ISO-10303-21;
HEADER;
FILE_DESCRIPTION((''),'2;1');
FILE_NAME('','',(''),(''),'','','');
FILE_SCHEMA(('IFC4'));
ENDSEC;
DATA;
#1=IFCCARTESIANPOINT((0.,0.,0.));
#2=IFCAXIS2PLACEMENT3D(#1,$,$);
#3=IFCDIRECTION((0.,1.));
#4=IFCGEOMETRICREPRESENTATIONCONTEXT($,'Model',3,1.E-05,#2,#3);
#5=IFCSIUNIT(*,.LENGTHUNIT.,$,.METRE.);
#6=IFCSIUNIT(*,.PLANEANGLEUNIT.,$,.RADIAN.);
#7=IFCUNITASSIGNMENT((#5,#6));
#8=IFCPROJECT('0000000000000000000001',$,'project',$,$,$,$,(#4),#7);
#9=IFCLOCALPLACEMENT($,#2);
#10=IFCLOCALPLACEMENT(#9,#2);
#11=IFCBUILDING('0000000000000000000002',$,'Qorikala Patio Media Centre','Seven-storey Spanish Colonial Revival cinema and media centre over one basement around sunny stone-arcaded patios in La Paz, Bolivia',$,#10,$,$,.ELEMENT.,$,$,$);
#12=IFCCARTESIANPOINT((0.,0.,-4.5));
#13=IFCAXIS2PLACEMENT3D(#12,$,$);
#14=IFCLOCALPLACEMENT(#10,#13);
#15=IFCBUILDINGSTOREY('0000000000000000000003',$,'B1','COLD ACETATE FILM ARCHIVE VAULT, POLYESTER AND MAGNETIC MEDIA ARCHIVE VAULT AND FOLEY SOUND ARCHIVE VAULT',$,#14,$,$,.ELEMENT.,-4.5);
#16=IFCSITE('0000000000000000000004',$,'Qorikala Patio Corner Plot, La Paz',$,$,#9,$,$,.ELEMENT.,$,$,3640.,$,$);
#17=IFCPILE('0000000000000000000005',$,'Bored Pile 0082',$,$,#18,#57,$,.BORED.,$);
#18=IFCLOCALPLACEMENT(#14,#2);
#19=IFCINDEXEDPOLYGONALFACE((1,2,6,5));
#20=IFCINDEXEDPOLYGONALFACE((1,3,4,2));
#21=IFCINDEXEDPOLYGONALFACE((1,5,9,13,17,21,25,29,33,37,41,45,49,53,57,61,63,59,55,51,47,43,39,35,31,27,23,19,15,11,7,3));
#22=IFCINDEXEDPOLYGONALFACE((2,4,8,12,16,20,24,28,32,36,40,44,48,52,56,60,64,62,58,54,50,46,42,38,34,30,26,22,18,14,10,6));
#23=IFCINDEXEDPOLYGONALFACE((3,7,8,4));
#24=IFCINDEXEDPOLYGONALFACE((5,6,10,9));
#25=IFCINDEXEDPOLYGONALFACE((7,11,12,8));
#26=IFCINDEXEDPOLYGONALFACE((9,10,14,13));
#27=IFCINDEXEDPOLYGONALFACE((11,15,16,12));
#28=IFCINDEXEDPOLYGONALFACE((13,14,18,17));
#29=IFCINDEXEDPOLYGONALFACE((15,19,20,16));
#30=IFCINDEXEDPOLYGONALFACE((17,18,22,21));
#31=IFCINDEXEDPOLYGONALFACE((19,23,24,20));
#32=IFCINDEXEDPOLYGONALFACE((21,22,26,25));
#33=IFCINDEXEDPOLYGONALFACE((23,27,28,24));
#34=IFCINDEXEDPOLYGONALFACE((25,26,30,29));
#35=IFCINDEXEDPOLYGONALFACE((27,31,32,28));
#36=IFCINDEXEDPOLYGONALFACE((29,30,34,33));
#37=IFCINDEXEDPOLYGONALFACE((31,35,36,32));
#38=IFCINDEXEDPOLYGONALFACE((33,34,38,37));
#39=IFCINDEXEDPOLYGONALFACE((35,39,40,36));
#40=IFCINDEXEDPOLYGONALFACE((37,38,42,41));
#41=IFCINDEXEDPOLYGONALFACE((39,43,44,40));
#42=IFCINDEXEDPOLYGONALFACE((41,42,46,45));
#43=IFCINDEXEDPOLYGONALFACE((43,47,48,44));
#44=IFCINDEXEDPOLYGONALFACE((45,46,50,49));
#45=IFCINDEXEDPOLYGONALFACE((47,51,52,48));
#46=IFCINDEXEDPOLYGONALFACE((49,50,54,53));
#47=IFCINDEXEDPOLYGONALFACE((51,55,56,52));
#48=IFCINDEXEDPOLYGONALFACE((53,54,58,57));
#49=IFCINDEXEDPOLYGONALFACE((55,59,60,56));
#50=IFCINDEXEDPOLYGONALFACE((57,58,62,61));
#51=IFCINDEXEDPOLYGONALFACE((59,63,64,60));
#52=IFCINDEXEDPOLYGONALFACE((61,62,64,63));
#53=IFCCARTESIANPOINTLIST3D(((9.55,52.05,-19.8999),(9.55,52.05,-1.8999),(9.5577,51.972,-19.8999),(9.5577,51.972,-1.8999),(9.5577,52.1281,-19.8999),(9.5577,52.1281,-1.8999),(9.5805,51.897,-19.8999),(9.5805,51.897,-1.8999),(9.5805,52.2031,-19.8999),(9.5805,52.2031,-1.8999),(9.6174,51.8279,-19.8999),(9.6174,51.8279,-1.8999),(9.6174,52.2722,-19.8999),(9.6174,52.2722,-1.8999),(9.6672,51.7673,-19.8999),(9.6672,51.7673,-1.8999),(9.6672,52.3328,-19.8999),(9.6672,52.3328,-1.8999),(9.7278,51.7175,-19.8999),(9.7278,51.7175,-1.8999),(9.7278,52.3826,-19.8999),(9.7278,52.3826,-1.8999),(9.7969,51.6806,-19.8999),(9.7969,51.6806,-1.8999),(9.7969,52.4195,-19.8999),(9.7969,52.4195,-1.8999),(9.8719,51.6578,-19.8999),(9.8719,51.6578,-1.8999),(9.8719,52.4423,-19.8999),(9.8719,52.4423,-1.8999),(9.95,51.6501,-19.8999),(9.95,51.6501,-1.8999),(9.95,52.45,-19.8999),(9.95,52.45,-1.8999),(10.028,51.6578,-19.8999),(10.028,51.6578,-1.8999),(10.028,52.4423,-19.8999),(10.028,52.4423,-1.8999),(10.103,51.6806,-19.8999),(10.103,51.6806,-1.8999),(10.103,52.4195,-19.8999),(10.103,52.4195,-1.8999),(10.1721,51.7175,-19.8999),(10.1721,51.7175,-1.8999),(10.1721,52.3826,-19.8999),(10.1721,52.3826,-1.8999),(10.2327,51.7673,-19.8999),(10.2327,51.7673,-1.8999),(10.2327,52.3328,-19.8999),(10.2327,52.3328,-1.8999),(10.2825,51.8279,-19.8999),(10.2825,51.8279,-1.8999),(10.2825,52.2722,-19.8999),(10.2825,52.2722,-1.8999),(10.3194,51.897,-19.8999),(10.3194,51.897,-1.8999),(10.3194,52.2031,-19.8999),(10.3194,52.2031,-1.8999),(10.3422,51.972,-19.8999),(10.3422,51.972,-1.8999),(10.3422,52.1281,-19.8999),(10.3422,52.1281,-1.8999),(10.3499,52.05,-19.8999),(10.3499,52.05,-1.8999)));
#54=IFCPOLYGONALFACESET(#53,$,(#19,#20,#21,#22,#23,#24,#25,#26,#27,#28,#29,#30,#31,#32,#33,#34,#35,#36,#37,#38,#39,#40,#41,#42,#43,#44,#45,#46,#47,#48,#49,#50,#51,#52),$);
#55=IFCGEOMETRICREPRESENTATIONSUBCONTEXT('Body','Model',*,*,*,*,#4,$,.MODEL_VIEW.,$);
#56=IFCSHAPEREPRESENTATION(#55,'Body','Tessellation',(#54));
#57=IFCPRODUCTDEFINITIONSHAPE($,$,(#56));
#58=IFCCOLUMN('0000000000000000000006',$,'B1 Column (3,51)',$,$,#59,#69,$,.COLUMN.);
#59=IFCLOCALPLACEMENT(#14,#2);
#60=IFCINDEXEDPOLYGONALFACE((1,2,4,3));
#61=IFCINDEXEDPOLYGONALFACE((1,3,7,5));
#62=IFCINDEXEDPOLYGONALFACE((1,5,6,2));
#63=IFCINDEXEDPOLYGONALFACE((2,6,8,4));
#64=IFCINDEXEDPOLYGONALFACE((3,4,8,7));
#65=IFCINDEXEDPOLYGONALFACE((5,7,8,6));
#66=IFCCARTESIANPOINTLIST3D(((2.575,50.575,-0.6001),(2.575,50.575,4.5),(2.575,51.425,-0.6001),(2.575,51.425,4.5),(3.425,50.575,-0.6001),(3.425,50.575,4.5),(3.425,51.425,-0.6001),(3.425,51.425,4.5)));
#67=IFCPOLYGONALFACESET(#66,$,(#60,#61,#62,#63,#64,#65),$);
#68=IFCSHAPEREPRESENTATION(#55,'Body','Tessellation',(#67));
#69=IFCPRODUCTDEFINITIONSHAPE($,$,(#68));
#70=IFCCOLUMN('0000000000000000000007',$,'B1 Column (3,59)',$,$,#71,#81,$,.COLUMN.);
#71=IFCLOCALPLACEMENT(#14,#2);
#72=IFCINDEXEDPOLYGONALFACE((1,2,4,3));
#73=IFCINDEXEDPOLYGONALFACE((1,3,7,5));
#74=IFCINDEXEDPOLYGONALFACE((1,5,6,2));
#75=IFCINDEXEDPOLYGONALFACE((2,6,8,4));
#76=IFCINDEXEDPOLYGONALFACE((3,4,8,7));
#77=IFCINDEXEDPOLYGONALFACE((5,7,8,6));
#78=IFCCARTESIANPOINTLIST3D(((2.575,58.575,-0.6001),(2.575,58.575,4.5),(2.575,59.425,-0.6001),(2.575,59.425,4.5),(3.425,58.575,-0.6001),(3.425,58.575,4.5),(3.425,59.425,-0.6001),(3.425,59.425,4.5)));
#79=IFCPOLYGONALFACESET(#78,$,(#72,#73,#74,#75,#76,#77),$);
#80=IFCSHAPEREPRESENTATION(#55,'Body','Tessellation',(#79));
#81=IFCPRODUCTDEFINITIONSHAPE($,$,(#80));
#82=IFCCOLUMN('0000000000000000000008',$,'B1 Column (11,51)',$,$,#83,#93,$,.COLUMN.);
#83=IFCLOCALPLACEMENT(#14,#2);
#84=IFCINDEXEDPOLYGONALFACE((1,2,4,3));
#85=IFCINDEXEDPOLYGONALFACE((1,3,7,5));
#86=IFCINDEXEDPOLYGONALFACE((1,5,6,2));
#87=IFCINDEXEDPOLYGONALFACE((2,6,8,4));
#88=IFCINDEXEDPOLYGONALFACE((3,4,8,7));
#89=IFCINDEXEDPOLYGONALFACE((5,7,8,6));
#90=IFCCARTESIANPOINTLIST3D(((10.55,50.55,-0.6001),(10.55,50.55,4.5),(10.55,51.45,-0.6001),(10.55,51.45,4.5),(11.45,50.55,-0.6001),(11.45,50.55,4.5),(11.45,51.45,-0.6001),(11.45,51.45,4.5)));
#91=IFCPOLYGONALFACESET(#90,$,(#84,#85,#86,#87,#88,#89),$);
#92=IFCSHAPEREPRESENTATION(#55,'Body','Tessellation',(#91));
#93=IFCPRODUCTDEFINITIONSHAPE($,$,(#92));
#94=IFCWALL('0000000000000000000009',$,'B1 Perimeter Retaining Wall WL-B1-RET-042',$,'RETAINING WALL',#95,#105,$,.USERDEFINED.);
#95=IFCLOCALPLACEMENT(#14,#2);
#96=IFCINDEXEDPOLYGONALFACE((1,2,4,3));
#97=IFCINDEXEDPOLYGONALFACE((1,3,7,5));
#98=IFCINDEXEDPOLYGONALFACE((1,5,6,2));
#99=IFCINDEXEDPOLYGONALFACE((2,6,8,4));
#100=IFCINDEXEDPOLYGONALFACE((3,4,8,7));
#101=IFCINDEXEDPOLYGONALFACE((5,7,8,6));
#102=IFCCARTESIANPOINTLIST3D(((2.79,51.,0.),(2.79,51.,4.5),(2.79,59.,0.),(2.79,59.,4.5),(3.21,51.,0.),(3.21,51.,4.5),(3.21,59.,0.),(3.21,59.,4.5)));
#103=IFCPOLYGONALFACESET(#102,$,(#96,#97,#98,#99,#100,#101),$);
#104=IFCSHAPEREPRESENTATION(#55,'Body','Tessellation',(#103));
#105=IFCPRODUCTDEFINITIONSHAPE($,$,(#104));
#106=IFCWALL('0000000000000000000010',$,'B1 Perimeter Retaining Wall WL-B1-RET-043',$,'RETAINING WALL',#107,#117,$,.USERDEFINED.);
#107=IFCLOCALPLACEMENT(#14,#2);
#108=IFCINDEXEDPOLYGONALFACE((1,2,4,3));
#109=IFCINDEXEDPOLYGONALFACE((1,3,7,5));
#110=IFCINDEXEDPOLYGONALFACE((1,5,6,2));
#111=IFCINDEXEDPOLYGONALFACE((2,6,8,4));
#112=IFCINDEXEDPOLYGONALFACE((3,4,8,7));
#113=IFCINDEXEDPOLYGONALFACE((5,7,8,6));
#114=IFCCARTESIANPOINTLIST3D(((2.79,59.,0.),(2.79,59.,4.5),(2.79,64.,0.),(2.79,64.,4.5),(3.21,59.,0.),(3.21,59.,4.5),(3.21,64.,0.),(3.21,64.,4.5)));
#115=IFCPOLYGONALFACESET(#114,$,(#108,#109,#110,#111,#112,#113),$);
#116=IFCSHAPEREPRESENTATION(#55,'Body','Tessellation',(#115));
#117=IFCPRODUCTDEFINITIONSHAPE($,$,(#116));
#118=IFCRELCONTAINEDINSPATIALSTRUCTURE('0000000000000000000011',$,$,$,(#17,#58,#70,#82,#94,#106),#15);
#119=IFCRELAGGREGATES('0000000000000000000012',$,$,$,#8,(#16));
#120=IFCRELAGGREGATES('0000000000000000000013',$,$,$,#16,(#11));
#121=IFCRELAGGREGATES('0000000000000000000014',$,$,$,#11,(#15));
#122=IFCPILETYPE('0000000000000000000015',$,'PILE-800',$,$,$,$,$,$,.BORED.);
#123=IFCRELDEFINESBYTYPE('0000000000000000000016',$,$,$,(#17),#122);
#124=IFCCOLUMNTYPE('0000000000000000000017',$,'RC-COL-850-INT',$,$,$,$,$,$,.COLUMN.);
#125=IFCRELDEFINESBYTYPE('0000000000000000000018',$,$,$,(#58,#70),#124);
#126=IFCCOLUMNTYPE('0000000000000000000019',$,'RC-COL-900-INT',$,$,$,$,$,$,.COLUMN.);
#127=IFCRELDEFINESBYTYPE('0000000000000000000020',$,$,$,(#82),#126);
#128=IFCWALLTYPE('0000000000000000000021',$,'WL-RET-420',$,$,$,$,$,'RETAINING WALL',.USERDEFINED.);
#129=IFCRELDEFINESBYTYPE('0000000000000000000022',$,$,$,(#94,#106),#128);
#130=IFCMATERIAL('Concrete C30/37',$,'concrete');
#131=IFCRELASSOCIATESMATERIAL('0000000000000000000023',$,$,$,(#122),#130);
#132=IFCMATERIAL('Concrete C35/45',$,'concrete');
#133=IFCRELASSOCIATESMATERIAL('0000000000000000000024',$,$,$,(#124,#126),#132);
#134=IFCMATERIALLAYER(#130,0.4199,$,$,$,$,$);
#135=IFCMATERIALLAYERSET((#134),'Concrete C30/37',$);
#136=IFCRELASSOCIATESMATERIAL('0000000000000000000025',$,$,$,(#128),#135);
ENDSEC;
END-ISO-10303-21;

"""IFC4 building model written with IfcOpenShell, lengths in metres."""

from ifc_helpers import new_model, si_unit, direction, frame, frame_2d, origin, origin_2d, place, context, subcontext, project, spatial, rectangle, circle, extrude, material, layer, layer_set, material_profile, profile_set, type_object, element, save


model = new_model("IFC4")

# Units and contexts
model_context = context("Model", 3, precision=1e-05, world=origin(), true_north=direction((0.0, 1.0)))
body_context = subcontext(model_context, "Body", "Model", "MODEL_VIEW")
ifc_project = project(units=[si_unit("LENGTHUNIT", "METRE"), si_unit("PLANEANGLEUNIT", "RADIAN")], contexts=[model_context])

# Site, building, storey
site_placement = place(None, origin())
site = spatial("IfcSite", under=ifc_project, at=site_placement, Name="Qorikala Patio Corner Plot, La Paz", CompositionType="ELEMENT", RefElevation=3640.0)
building_placement = place(site_placement, origin())
building = spatial("IfcBuilding", under=site, at=building_placement, Name="Qorikala Patio Media Centre", Description="Seven-storey Spanish Colonial Revival cinema and media centre over one basement around sunny stone-arcaded patios in La Paz, Bolivia", CompositionType="ELEMENT")
storey_placement = place(building_placement, frame((0.0, 0.0, -4.5)))
storey = spatial("IfcBuildingStorey", under=building, at=storey_placement, Name="B1", Description="COLD ACETATE FILM ARCHIVE VAULT, POLYESTER AND MAGNETIC MEDIA ARCHIVE VAULT AND FOLEY SOUND ARCHIVE VAULT", CompositionType="ELEMENT", Elevation=-4.5)

# Shared definitions
ifc_material_1 = material(Name="Concrete C30/37", Category="concrete")

# Pile
ifc_material_profile_1 = material_profile(ifc_material_1, circle(Radius=0.3999, at=origin_2d()), Name="BORED PILE 800")
ifc_profile_set_1 = profile_set([ifc_material_profile_1], Name="Concrete C30/37")
pile_type_1 = type_object("IfcPileType", Name="PILE-800", PredefinedType="BORED", material=ifc_profile_set_1)
for number, where, z_axis, x_axis, name in (
    (1, (9.95, 52.05, -1.8999), (0.0, 0.0, -1.0), (1.0, 0.0, 0.0), "Bored Pile 0082"),
):
    element("IfcPile", number, at=place(storey_placement, frame(where, z_axis=z_axis, x_axis=x_axis)), inside=storey, type_object=pile_type_1, Name=name, PredefinedType="BORED", context=body_context, shape_type="SweptSolid", body=[
        extrude(circle(Radius=0.3999, at=origin_2d()), origin(), (0.0, 0.0, 1.0), 18.0),
    ])

# Columns
ifc_material_2 = material(Name="Concrete C35/45", Category="concrete")
ifc_material_profile_2 = material_profile(ifc_material_2, rectangle(XDim=0.8501, YDim=0.8501, at=origin_2d()), Name="RC 850x850")
ifc_profile_set_2 = profile_set([ifc_material_profile_2], Name="Concrete C35/45")
column_type_1 = type_object("IfcColumnType", Name="RC-COL-850-INT", PredefinedType="COLUMN", material=ifc_profile_set_2)
for number, where, z_axis, x_axis, name in (
    (2, (3.0, 51.0, -0.6001), (0.0, 0.0, 1.0), (1.0, 0.0, 0.0), "B1 Column (3,51)"),
    (3, (3.0, 59.0, -0.6001), (0.0, 0.0, 1.0), (1.0, 0.0, 0.0), "B1 Column (3,59)"),
):
    element("IfcColumn", number, at=place(storey_placement, frame(where, z_axis=z_axis, x_axis=x_axis)), inside=storey, type_object=column_type_1, Name=name, PredefinedType="COLUMN", context=body_context, shape_type="SweptSolid", body=[
        extrude(rectangle(XDim=0.8501, YDim=0.8501, at=origin_2d()), origin(), (0.0, 0.0, 1.0), 5.1001),
    ])
ifc_material_profile_3 = material_profile(ifc_material_2, rectangle(XDim=0.8999, YDim=0.8999, at=origin_2d()), Name="RC 900x900")
ifc_profile_set_3 = profile_set([ifc_material_profile_3], Name="Concrete C35/45")
column_type_2 = type_object("IfcColumnType", Name="RC-COL-900-INT", PredefinedType="COLUMN", material=ifc_profile_set_3)
column_placement = place(storey_placement, frame((11.0, 51.0, -0.6001), z_axis=(0.0, 0.0, 1.0), x_axis=(1.0, 0.0, 0.0)))
element("IfcColumn", 4, at=column_placement, inside=storey, type_object=column_type_2, Name="B1 Column (11,51)", PredefinedType="COLUMN", context=body_context, shape_type="SweptSolid", body=[
    extrude(rectangle(XDim=0.8999, YDim=0.8999, at=origin_2d()), origin(), (0.0, 0.0, 1.0), 5.1001),
])

# Walls
ifc_layer_1 = layer(ifc_material_1, 0.4199)
ifc_layer_set_1 = layer_set([ifc_layer_1], Name="Concrete C30/37")
wall_type = type_object("IfcWallType", Name="WL-RET-420", ElementType="RETAINING WALL", PredefinedType="USERDEFINED", material=ifc_layer_set_1)
wall_1_placement = place(storey_placement, frame((3.0, 51.0, 0.0), z_axis=(0.0, 0.0, 1.0), x_axis=(0.0, 1.0, 0.0)))
element("IfcWall", 5, at=wall_1_placement, inside=storey, type_object=wall_type, Name="B1 Perimeter Retaining Wall WL-B1-RET-042", ObjectType="RETAINING WALL", PredefinedType="USERDEFINED", context=body_context, shape_type="SweptSolid", body=[
    extrude(rectangle(XDim=8.0, YDim=0.4199, at=frame_2d((4.0, 0.0))), origin(), (0.0, 0.0, 1.0), 4.5),
])
wall_2_placement = place(storey_placement, frame((3.0, 59.0, 0.0), z_axis=(0.0, 0.0, 1.0), x_axis=(0.0, 1.0, 0.0)))
element("IfcWall", 6, at=wall_2_placement, inside=storey, type_object=wall_type, Name="B1 Perimeter Retaining Wall WL-B1-RET-043", ObjectType="RETAINING WALL", PredefinedType="USERDEFINED", context=body_context, shape_type="SweptSolid", body=[
    extrude(rectangle(XDim=5.0, YDim=0.4199, at=frame_2d((2.5, 0.0))), origin(), (0.0, 0.0, 1.0), 4.5),
])

save(model, "model.ifc")
